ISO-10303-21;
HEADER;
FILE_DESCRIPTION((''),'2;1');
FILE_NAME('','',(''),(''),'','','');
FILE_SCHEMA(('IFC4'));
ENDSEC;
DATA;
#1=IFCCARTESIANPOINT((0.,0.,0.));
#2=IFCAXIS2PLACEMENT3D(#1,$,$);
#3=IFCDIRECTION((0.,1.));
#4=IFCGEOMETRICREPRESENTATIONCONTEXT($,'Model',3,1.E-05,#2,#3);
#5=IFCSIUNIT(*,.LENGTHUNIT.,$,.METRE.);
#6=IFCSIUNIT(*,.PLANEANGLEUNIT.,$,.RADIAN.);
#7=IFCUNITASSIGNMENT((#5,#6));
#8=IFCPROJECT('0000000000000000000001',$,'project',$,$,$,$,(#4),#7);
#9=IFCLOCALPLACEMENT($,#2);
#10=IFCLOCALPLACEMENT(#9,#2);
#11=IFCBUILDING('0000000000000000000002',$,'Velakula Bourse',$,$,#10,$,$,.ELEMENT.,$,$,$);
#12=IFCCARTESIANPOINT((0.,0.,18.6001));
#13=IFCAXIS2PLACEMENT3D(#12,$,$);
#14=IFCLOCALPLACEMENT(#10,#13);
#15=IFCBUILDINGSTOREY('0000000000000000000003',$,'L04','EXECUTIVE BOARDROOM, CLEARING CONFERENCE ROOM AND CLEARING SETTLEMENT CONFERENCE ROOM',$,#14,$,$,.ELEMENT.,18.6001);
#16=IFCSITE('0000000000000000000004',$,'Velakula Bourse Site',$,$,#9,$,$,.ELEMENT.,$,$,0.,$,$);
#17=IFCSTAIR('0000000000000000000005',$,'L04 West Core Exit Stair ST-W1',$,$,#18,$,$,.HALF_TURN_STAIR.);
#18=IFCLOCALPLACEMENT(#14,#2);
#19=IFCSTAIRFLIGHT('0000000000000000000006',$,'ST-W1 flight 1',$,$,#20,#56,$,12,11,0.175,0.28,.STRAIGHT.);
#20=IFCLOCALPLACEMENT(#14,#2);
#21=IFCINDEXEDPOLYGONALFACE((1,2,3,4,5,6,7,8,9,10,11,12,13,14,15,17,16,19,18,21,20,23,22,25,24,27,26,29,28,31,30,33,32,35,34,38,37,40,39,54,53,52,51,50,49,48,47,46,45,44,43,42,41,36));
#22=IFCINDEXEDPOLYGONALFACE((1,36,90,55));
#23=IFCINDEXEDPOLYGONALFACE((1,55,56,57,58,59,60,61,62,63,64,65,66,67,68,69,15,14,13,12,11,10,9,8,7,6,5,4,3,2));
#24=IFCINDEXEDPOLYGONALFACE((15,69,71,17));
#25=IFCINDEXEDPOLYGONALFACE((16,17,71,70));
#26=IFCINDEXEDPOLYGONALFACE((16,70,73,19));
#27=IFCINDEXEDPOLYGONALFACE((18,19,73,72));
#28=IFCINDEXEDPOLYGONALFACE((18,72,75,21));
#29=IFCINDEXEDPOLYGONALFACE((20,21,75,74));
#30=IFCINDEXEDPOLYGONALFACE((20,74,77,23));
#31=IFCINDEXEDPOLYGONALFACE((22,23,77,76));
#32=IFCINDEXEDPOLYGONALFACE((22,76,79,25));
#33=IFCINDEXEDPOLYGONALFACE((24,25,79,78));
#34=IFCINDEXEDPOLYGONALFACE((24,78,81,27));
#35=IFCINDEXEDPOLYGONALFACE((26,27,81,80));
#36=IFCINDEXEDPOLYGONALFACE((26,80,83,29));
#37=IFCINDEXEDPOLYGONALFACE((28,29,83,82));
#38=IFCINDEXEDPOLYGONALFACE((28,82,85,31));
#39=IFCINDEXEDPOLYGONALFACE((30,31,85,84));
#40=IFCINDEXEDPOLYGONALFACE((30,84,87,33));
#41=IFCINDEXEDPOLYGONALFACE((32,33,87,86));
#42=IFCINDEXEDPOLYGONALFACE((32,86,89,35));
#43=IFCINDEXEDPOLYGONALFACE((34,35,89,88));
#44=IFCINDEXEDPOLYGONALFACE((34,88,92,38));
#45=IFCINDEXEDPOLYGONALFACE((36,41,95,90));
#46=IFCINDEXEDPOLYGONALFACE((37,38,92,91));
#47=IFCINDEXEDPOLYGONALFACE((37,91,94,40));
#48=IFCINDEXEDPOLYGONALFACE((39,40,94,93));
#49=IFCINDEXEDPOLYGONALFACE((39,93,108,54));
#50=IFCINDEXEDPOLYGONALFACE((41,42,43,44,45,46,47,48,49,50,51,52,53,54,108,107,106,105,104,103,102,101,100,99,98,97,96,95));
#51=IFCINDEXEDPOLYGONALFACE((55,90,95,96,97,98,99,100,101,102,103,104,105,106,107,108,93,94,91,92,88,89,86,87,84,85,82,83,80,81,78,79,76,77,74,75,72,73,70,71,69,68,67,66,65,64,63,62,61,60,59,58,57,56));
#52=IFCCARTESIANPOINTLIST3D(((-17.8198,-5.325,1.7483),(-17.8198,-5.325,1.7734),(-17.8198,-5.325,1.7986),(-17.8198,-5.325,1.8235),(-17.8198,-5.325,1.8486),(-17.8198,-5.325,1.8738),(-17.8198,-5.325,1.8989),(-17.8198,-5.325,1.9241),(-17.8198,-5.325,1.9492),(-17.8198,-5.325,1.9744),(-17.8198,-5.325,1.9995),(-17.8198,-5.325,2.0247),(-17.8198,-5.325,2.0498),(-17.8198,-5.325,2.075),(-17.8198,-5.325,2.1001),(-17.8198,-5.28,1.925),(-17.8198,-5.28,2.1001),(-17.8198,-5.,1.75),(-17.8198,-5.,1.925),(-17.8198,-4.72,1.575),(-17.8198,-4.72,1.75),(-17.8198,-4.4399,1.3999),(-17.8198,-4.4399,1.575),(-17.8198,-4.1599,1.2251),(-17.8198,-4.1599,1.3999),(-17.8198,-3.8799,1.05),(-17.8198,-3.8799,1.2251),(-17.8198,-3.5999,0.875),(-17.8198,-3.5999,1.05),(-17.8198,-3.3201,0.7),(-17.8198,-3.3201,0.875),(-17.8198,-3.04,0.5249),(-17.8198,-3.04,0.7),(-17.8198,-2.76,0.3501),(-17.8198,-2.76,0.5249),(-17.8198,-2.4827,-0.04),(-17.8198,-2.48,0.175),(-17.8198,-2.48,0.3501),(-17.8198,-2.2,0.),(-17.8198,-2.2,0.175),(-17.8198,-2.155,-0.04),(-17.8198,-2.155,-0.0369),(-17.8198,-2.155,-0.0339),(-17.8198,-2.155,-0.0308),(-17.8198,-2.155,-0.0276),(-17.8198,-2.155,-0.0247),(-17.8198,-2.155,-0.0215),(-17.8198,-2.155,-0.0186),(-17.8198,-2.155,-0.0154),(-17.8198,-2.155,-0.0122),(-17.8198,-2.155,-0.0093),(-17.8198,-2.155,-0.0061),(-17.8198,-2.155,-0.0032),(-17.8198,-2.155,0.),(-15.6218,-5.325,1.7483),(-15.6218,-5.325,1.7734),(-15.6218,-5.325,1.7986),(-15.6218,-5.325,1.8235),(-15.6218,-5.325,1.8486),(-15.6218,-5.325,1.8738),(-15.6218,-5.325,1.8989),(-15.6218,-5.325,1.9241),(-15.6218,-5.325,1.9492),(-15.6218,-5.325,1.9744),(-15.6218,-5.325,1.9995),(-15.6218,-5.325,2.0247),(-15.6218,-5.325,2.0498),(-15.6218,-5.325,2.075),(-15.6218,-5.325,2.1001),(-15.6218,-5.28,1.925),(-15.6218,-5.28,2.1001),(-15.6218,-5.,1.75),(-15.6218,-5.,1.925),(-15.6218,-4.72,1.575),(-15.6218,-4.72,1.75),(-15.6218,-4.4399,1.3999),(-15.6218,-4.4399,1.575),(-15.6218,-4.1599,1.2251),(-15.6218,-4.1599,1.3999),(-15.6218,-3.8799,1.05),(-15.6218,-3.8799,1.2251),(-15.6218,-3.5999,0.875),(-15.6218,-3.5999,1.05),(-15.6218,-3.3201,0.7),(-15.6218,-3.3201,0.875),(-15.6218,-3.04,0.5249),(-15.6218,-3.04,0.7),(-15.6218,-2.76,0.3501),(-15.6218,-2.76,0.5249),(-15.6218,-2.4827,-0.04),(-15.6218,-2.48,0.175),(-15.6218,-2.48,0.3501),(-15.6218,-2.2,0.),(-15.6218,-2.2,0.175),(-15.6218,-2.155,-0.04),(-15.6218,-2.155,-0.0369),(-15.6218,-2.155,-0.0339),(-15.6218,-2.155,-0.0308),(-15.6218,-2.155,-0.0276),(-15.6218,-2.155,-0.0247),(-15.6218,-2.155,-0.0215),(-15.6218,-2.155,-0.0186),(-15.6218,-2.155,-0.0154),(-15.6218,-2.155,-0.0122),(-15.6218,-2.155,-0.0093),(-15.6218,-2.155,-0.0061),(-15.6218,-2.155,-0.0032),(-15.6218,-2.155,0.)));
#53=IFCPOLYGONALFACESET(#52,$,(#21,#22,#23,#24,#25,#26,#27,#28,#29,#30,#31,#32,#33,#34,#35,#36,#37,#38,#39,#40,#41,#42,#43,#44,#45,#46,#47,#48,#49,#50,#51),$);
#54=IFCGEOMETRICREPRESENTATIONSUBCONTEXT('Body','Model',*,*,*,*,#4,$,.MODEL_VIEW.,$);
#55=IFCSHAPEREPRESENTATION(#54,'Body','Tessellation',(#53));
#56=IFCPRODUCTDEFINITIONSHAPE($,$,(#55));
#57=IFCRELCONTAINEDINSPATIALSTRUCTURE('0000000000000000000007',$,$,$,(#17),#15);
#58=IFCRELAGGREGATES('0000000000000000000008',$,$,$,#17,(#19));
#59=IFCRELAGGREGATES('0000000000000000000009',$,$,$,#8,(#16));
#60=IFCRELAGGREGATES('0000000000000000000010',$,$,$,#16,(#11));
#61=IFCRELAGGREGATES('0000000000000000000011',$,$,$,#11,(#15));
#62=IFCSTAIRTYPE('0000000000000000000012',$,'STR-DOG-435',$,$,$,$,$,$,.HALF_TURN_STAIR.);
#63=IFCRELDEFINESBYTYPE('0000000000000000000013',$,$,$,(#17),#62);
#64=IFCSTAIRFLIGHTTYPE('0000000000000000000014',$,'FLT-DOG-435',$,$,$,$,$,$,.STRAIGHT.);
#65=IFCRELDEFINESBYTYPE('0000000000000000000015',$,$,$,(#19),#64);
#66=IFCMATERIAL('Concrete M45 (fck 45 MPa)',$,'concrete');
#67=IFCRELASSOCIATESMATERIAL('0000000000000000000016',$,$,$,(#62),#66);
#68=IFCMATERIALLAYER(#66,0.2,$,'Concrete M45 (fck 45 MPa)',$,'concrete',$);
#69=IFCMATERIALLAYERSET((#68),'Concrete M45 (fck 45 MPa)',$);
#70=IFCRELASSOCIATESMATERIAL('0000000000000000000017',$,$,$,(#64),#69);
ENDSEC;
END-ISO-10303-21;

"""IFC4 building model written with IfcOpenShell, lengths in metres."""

from ifc_helpers import new_model, si_unit, direction, frame, origin, place, context, subcontext, project, spatial, polyline, outline, extrude, material, layer, layer_set, type_object, element, aggregate, save


model = new_model("IFC4")

# Units and contexts
model_context = context("Model", 3, precision=1e-05, world=origin(), true_north=direction((0.0, 1.0)))
body_context = subcontext(model_context, "Body", "Model", "MODEL_VIEW")
ifc_project = project(units=[si_unit("LENGTHUNIT", "METRE"), si_unit("PLANEANGLEUNIT", "RADIAN")], contexts=[model_context])

# Site, building, storey
site_placement = place(None, origin())
site = spatial("IfcSite", under=ifc_project, at=site_placement, Name="Velakula Bourse Site", CompositionType="ELEMENT", RefElevation=0.0)
building_placement = place(site_placement, origin())
building = spatial("IfcBuilding", under=site, at=building_placement, Name="Velakula Bourse", CompositionType="ELEMENT")
storey_placement = place(building_placement, frame((0.0, 0.0, 18.6001)))
storey = spatial("IfcBuildingStorey", under=building, at=storey_placement, Name="L04", Description="EXECUTIVE BOARDROOM, CLEARING CONFERENCE ROOM AND CLEARING SETTLEMENT CONFERENCE ROOM", CompositionType="ELEMENT", Elevation=18.6001)

# Stair, stair flight
ifc_material_1 = material(Name="Concrete M45 (fck 45 MPa)", Category="concrete")
stair_type = type_object("IfcStairType", Name="STR-DOG-435", PredefinedType="HALF_TURN_STAIR", material=ifc_material_1)
stair_placement = place(storey_placement, origin())
stair = element("IfcStair", 1, at=stair_placement, inside=storey, type_object=stair_type, Name="L04 West Core Exit Stair ST-W1", PredefinedType="HALF_TURN_STAIR")
ifc_layer_1 = layer(ifc_material_1, 0.2, Name="Concrete M45 (fck 45 MPa)", Category="concrete")
ifc_layer_set_1 = layer_set([ifc_layer_1], Name="Concrete M45 (fck 45 MPa)")
stair_flight_type = type_object("IfcStairFlightType", Name="FLT-DOG-435", PredefinedType="STRAIGHT", material=ifc_layer_set_1)
stair_flight_placement = place(storey_placement, frame((-16.7209, -2.2, 0.0), z_axis=(0.0, 0.0, 1.0), x_axis=(0.0, -1.0, 0.0)))
stair_flight = element("IfcStairFlight", 2, at=stair_flight_placement, type_object=stair_flight_type, Name="ST-W1 flight 1", NumberOfRisers=12, NumberOfTreads=11, PredefinedType="STRAIGHT", RiserHeight=0.175, TreadLength=0.28, context=body_context, shape_type="SweptSolid", body=[
    extrude(outline(polyline([(-0.0449, -0.04), (-0.0449, -0.0369), (-0.0449, -0.0339), (-0.0449, -0.0308), (-0.0449, -0.0276), (-0.0449, -0.0247), (-0.0449, -0.0215), (-0.0449, -0.0186), (-0.0449, -0.0154), (-0.0449, -0.0122), (-0.0449, -0.0093), (-0.0449, -0.0061), (-0.0449, -0.0032), (-0.0449, 0.0), (0.0, 0.0), (0.0, 0.175), (0.28, 0.175), (0.28, 0.3501), (0.5601, 0.3501), (0.5601, 0.5249), (0.8401, 0.5249), (0.8401, 0.7), (1.1201, 0.7), (1.1201, 0.875), (1.3999, 0.875), (1.3999, 1.05), (1.6799, 1.05), (1.6799, 1.2251), (1.96, 1.2251), (1.96, 1.3999), (2.24, 1.3999), (2.24, 1.575), (2.52, 1.575), (2.52, 1.75), (2.8, 1.75), (2.8, 1.925), (3.0801, 1.925), (3.0801, 2.1001), (3.125, 2.1001), (3.125, 2.075), (3.125, 2.0498), (3.125, 2.0247), (3.125, 1.9995), (3.125, 1.9744), (3.125, 1.9492), (3.125, 1.9241), (3.125, 1.8989), (3.125, 1.8738), (3.125, 1.8486), (3.125, 1.8235), (3.125, 1.7986), (3.125, 1.7734), (3.125, 1.7483), (0.2827, -0.04), (-0.0449, -0.04)])), frame((0.0, 1.0991, 0.0), z_axis=(0.0, -1.0, 0.0), x_axis=(1.0, 0.0, 0.0)), (0.0, 0.0, 1.0), 2.198),
])
aggregate(stair, [stair_flight])

save(model, "model.ifc")
